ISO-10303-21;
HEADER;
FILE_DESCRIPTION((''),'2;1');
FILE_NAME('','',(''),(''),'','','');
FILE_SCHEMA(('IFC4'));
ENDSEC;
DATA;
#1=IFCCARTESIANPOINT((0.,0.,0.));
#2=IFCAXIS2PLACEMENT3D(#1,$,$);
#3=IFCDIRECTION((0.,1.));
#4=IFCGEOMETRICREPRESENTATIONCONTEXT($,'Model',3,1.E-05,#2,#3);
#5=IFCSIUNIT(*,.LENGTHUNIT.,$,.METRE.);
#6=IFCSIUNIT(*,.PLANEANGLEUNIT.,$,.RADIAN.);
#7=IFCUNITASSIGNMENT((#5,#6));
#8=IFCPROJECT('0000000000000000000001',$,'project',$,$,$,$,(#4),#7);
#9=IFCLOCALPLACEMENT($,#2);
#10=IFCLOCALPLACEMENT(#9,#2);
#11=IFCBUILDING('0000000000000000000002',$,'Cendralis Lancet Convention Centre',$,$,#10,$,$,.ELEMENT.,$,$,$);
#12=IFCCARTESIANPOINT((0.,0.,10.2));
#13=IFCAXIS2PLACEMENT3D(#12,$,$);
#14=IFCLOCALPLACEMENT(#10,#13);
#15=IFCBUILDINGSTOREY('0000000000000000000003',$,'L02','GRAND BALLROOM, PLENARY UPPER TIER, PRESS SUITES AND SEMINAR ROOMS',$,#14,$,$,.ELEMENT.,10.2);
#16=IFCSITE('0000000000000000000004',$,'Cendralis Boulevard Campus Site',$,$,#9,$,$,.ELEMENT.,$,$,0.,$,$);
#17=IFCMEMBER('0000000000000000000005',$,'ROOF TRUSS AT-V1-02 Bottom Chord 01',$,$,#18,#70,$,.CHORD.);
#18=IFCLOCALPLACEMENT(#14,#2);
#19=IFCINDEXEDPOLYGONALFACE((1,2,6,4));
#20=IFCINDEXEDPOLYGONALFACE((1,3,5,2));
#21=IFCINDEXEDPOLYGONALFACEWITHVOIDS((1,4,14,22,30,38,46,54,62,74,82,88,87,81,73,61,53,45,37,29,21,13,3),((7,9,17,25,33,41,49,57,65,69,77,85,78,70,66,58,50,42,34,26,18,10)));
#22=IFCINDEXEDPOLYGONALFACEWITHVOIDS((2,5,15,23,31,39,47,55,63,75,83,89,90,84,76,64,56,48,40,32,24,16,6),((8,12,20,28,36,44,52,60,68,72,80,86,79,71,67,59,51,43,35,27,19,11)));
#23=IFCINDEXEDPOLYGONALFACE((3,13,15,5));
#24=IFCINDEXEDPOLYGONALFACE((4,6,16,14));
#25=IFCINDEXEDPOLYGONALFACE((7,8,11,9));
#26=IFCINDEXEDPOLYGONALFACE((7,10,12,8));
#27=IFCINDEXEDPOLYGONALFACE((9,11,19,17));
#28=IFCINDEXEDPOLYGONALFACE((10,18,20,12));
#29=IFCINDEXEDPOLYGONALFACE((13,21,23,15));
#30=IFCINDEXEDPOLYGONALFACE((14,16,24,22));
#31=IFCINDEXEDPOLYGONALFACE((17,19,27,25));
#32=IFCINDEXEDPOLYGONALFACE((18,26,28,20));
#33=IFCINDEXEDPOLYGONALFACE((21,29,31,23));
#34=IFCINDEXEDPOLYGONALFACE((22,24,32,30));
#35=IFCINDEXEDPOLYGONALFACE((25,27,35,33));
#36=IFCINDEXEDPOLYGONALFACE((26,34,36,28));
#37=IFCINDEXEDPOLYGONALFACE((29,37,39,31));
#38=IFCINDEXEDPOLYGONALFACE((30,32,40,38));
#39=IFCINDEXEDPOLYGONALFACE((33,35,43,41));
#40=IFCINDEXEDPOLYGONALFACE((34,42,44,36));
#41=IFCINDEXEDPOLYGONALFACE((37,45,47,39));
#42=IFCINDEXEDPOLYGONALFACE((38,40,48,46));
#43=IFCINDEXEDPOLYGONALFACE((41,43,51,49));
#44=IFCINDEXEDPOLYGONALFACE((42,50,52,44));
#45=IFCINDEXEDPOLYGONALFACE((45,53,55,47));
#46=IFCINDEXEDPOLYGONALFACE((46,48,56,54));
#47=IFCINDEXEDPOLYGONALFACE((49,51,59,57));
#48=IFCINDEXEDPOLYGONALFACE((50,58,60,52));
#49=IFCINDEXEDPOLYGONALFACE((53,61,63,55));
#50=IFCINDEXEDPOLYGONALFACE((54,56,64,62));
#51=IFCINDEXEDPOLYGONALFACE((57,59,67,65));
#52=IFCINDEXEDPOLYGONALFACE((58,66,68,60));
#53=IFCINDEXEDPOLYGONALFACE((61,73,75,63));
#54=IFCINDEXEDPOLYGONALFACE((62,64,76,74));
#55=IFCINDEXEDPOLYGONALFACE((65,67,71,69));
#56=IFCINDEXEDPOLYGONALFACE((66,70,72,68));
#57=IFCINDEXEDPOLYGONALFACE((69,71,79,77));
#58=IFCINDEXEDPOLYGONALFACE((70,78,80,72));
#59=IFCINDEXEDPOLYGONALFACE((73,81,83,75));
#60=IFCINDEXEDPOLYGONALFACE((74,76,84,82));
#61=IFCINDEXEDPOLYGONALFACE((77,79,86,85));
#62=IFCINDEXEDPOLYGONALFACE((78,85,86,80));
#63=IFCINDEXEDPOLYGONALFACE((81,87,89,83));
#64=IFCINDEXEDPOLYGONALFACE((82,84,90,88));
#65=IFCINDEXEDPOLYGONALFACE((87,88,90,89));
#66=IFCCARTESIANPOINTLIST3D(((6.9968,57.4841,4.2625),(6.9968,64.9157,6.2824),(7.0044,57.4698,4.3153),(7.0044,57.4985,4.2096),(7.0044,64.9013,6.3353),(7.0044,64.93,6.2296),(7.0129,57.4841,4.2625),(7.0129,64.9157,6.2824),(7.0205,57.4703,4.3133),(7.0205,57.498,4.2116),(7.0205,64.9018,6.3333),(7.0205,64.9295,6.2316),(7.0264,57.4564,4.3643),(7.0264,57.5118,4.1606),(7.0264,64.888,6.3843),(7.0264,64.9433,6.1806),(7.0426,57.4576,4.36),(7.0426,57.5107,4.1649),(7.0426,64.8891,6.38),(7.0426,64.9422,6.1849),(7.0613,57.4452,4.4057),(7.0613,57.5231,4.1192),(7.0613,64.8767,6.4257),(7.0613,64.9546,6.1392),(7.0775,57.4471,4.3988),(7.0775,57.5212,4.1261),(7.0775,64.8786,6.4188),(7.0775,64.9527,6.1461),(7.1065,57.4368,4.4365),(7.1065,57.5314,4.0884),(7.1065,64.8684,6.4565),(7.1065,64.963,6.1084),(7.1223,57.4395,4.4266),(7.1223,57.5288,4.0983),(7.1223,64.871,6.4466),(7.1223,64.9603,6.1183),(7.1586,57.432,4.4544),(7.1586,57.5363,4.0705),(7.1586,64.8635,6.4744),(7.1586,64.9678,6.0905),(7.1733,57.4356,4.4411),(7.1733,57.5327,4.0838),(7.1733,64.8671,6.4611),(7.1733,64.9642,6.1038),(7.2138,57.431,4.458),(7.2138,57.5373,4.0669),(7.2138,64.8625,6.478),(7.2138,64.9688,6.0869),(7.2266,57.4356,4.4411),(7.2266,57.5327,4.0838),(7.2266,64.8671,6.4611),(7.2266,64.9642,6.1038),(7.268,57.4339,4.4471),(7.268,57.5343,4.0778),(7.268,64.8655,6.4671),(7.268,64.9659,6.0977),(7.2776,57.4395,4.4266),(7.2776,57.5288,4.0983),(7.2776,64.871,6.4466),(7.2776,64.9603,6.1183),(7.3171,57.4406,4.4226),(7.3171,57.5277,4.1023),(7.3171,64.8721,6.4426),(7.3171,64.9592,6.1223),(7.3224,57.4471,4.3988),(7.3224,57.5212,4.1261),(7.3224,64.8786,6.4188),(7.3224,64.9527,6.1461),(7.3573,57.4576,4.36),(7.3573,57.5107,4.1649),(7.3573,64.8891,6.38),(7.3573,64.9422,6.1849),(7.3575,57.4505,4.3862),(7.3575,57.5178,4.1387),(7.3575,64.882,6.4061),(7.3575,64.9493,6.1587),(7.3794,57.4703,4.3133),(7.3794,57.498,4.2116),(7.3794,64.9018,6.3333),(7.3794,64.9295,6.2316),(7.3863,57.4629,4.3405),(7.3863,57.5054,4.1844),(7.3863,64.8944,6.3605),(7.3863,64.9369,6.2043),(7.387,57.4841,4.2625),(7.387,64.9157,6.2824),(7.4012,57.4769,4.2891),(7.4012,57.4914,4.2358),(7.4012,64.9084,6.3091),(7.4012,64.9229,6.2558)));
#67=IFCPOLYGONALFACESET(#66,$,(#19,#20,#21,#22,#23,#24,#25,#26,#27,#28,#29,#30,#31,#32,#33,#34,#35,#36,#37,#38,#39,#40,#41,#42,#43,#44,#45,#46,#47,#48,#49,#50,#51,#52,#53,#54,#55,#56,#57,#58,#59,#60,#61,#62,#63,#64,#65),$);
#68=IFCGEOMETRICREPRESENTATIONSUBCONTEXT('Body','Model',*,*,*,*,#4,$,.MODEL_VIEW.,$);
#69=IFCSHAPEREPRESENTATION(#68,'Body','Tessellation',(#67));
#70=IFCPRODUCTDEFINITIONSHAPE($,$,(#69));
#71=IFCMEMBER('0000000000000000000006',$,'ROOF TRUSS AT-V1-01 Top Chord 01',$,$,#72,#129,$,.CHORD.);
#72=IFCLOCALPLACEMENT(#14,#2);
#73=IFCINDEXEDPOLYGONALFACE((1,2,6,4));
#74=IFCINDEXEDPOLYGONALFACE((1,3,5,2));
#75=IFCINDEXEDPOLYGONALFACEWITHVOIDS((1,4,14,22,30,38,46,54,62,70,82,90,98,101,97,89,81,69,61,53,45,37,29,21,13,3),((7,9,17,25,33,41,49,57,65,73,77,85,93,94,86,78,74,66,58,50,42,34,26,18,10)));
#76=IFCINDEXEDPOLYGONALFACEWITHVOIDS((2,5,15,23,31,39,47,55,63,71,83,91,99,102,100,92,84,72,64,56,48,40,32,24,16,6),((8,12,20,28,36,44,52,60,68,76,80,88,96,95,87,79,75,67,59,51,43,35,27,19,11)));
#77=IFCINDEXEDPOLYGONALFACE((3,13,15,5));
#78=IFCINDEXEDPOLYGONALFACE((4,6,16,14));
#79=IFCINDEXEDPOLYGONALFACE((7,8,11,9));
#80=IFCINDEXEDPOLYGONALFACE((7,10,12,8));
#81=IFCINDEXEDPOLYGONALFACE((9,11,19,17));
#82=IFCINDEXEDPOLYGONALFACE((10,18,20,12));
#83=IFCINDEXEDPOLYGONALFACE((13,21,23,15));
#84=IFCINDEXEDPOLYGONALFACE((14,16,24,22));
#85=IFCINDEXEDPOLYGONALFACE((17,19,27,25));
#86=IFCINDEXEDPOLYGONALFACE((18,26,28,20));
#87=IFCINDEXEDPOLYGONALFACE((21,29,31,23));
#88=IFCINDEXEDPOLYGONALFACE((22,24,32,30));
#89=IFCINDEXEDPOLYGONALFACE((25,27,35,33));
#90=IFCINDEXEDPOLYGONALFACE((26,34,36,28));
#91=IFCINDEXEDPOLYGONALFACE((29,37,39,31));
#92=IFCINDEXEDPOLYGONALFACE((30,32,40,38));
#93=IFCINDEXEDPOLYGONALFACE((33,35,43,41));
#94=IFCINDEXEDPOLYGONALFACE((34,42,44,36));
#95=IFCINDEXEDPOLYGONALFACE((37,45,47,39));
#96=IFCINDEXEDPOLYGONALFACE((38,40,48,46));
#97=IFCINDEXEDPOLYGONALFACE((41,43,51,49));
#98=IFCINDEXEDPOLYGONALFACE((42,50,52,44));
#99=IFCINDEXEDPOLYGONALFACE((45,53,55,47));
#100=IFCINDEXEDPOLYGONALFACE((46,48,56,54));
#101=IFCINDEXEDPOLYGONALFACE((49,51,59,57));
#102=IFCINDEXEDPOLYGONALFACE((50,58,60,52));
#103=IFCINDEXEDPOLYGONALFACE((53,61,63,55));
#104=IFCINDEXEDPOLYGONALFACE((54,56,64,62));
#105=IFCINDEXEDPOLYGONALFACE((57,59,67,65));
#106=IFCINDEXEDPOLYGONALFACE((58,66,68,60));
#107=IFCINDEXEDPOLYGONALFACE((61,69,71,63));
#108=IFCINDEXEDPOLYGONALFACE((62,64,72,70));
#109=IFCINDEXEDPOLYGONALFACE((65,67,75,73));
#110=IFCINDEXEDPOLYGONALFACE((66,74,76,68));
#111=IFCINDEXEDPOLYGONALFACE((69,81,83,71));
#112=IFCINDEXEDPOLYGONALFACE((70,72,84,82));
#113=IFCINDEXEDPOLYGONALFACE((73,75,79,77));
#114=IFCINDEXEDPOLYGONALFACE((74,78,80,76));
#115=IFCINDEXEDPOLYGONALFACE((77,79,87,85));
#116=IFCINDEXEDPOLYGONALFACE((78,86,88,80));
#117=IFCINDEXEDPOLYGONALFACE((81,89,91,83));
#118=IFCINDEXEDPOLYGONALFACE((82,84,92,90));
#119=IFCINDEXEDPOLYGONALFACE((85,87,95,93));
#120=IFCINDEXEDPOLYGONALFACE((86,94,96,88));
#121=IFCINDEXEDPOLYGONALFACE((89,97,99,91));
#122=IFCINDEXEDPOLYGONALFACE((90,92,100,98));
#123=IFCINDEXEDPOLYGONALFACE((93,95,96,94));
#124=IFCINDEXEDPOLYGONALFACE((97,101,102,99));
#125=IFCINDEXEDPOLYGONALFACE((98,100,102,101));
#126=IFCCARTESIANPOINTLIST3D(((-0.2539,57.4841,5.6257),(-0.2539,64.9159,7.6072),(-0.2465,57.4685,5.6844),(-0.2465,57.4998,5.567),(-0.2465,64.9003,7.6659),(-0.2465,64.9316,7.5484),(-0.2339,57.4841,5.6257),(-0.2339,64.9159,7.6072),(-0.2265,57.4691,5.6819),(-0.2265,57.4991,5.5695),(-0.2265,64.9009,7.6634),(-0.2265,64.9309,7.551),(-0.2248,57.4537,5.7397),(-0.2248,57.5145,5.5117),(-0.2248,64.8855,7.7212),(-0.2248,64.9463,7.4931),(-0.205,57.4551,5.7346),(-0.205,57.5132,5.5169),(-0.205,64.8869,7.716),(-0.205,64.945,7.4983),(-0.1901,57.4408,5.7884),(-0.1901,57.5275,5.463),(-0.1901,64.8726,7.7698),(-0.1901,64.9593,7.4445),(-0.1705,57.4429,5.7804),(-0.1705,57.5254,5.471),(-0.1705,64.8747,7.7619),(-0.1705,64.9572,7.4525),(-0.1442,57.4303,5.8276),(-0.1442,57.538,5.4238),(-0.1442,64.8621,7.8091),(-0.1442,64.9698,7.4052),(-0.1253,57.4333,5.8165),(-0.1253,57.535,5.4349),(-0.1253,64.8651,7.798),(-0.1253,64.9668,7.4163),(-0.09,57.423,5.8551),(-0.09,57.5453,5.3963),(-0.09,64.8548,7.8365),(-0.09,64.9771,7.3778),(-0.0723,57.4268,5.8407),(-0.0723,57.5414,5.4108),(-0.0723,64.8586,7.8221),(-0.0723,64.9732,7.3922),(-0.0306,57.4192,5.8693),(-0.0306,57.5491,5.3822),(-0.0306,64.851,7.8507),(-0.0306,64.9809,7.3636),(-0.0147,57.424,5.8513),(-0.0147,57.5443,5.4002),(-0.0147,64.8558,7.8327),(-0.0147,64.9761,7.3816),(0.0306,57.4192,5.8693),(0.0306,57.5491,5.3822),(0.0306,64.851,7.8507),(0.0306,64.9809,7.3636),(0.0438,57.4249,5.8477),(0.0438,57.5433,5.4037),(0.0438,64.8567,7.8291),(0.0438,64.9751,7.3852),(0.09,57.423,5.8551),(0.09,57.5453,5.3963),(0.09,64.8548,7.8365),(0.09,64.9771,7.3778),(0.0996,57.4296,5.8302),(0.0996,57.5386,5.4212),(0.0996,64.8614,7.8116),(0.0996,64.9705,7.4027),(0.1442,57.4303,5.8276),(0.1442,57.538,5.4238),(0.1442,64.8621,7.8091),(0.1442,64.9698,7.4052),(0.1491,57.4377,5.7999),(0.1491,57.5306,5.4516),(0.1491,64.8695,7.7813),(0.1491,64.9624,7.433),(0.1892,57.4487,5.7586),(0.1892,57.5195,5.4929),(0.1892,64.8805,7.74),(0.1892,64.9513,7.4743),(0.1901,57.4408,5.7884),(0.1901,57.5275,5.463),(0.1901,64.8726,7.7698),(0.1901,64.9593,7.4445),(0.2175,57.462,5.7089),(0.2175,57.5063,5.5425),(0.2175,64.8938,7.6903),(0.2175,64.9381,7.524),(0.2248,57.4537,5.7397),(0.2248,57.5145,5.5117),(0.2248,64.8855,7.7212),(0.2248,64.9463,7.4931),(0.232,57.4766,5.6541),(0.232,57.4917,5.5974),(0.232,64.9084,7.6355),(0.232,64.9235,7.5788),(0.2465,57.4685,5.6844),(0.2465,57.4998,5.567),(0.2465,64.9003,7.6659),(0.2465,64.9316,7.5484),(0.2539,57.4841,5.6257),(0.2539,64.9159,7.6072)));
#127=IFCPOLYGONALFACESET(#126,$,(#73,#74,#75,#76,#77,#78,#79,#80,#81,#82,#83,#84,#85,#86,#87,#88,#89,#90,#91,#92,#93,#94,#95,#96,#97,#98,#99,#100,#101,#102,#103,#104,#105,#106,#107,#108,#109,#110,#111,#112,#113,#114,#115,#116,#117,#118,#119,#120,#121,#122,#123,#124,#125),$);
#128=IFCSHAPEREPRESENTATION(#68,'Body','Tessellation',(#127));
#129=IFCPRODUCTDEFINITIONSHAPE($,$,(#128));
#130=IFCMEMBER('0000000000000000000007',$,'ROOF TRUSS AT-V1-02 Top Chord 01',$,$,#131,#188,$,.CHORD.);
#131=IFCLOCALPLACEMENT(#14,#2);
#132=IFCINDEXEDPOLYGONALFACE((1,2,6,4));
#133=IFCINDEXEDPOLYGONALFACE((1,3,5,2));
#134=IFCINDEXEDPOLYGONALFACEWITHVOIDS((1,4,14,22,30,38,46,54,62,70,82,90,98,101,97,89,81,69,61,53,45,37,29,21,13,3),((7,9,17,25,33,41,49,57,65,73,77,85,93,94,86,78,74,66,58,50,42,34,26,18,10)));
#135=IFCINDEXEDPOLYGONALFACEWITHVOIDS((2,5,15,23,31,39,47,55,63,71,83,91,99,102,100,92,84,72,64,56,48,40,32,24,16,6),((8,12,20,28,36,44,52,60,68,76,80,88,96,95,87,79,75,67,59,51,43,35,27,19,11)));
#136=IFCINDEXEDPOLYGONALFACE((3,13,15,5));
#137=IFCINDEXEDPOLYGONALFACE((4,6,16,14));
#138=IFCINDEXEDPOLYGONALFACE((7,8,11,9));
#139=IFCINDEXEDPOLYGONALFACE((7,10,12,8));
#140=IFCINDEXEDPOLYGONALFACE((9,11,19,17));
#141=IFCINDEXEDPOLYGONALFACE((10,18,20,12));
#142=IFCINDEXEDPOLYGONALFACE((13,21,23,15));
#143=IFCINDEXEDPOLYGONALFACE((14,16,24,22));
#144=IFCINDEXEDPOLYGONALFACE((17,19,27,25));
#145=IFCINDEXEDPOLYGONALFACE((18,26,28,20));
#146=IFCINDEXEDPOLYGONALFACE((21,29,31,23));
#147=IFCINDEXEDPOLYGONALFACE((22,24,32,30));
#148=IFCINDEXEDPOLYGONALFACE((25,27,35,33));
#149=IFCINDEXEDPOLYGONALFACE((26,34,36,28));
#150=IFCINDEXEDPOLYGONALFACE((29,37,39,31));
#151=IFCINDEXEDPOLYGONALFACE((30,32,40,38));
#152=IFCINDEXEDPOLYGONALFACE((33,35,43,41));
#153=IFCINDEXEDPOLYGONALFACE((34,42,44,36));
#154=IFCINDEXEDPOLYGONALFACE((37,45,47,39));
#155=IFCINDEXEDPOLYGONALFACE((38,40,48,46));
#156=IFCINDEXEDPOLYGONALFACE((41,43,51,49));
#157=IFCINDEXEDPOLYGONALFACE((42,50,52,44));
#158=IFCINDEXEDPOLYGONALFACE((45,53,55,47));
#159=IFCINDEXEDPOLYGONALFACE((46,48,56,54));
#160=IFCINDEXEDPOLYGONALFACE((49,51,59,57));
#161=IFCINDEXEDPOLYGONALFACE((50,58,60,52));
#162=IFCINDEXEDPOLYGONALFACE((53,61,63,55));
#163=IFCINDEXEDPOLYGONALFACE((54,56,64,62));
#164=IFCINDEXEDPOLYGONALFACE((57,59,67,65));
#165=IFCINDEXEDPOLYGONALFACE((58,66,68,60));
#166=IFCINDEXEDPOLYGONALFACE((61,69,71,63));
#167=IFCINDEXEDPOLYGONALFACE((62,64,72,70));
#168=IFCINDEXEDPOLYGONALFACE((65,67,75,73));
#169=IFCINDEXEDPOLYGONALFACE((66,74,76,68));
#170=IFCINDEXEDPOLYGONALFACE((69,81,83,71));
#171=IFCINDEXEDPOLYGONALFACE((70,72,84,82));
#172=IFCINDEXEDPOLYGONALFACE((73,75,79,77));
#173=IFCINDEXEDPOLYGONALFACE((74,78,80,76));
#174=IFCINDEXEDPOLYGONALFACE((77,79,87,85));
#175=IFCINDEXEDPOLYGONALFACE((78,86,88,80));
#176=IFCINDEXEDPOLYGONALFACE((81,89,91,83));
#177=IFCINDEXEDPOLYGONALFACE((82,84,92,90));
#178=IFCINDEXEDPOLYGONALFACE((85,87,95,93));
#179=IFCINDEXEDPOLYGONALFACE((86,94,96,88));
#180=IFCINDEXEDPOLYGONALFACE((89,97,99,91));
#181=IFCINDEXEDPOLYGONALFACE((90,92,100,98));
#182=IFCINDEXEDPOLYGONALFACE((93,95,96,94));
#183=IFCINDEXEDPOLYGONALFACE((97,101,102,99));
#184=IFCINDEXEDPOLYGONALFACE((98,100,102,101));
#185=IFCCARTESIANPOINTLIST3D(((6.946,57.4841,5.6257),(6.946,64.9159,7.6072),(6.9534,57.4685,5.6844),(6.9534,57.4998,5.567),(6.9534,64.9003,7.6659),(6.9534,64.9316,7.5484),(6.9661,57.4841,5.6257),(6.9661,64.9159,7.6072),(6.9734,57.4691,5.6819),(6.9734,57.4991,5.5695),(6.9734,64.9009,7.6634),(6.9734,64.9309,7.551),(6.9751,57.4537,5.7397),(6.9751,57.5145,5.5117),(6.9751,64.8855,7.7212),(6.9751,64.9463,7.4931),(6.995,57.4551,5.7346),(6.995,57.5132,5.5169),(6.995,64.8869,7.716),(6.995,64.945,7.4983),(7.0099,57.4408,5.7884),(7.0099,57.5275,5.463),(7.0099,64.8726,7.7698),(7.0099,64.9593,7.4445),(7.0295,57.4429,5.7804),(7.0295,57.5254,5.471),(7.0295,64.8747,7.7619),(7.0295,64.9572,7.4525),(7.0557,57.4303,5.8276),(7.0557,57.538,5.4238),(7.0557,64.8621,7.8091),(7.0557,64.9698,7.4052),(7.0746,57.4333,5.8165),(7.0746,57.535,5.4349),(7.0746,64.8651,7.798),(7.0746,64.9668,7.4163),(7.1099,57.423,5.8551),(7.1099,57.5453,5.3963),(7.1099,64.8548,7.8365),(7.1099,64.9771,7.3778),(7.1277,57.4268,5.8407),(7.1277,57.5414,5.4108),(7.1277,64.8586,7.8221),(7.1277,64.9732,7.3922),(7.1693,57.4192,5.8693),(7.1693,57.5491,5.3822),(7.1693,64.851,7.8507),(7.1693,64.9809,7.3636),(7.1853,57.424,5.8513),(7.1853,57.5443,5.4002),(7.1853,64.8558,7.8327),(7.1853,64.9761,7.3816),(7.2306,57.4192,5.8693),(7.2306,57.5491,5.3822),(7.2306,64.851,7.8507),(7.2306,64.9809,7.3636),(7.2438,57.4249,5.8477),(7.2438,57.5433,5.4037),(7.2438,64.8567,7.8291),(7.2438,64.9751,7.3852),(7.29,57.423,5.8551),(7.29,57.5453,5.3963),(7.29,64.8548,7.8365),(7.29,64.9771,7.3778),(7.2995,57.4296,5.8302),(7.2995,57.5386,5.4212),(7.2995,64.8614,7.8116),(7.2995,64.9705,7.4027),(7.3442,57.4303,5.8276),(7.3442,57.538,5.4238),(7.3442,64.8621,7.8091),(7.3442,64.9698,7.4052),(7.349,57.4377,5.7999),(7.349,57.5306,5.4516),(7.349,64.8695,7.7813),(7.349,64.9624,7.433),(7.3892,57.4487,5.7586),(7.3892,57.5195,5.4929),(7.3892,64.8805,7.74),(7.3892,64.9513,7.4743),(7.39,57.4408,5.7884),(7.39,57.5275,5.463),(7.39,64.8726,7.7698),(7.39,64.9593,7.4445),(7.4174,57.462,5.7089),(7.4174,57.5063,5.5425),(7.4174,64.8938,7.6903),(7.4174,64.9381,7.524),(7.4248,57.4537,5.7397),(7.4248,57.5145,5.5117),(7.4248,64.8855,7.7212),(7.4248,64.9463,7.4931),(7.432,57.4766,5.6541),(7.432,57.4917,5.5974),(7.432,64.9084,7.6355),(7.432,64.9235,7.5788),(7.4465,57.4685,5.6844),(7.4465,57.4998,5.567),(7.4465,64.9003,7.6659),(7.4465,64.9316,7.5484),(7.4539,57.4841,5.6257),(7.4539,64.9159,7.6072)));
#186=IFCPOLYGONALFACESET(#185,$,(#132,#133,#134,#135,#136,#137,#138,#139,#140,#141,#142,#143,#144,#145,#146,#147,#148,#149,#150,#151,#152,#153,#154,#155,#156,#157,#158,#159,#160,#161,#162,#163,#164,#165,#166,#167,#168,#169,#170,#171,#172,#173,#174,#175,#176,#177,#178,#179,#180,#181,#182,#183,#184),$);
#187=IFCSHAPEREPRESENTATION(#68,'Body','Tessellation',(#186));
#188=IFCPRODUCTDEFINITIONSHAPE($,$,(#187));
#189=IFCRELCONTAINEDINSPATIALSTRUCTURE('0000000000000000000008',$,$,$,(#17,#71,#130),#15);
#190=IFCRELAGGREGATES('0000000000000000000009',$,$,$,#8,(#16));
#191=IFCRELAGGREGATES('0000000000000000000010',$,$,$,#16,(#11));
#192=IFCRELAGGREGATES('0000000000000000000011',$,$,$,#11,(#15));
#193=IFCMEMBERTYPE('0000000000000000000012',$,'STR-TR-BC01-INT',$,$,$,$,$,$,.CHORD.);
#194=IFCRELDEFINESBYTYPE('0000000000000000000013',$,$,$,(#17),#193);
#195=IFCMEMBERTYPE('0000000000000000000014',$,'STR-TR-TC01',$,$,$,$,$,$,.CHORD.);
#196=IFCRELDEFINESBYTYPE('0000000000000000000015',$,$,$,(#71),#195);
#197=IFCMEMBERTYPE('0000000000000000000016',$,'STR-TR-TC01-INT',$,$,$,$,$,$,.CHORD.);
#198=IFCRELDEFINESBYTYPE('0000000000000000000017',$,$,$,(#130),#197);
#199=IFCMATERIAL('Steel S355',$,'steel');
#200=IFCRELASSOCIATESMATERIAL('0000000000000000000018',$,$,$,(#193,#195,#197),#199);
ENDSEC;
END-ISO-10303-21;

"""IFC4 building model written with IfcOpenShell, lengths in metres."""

from ifc_helpers import new_model, si_unit, direction, frame, origin, origin_2d, place, context, subcontext, project, spatial, hollow_circle, extrude, material, material_profile, profile_set, type_object, element, save


model = new_model("IFC4")

# Units and contexts
model_context = context("Model", 3, precision=1e-05, world=origin(), true_north=direction((0.0, 1.0)))
body_context = subcontext(model_context, "Body", "Model", "MODEL_VIEW")
ifc_project = project(units=[si_unit("LENGTHUNIT", "METRE"), si_unit("PLANEANGLEUNIT", "RADIAN")], contexts=[model_context])

# Site, building, storey
site_placement = place(None, origin())
site = spatial("IfcSite", under=ifc_project, at=site_placement, Name="Cendralis Boulevard Campus Site", CompositionType="ELEMENT", RefElevation=0.0)
building_placement = place(site_placement, origin())
building = spatial("IfcBuilding", under=site, at=building_placement, Name="Cendralis Lancet Convention Centre", CompositionType="ELEMENT")
storey_placement = place(building_placement, frame((0.0, 0.0, 10.2)))
storey = spatial("IfcBuildingStorey", under=building, at=storey_placement, Name="L02", Description="GRAND BALLROOM, PLENARY UPPER TIER, PRESS SUITES AND SEMINAR ROOMS", CompositionType="ELEMENT", Elevation=10.2)

# Members
ifc_material_1 = material(Name="Steel S355", Category="steel")
ifc_material_profile_1 = material_profile(ifc_material_1, hollow_circle(Radius=0.2031, WallThickness=0.0161, at=origin_2d()), Name="CHS 406.4x16.0")
ifc_profile_set_1 = profile_set([ifc_material_profile_1], Name="Steel S355")
member_type_1 = type_object("IfcMemberType", Name="STR-TR-BC01-INT", PredefinedType="CHORD", material=ifc_profile_set_1)
member_1_placement = place(storey_placement, frame((7.2, 57.4841, 4.2625), z_axis=(0.0, 0.964987, 0.262296), x_axis=(-1.0, 0.0, 0.0)))
element("IfcMember", 1, at=member_1_placement, inside=storey, type_object=member_type_1, Name="ROOF TRUSS AT-V1-02 Bottom Chord 01", PredefinedType="CHORD", context=body_context, shape_type="SweptSolid", body=[
    extrude(hollow_circle(Radius=0.2031, WallThickness=0.0161, at=origin_2d()), origin(), (0.0, 0.0, 1.0), 7.7012),
])
ifc_material_profile_2 = material_profile(ifc_material_1, hollow_circle(Radius=0.2539, WallThickness=0.02, at=origin_2d()), Name="CHS 508.0x20.0")
ifc_profile_set_2 = profile_set([ifc_material_profile_2], Name="Steel S355")
member_type_2 = type_object("IfcMemberType", Name="STR-TR-TC01", PredefinedType="CHORD", material=ifc_profile_set_2)
member_2_placement = place(storey_placement, frame((0.0, 57.4841, 5.6257), z_axis=(0.0, 0.966248, 0.257615), x_axis=(-1.0, 0.0, 0.0)))
element("IfcMember", 2, at=member_2_placement, inside=storey, type_object=member_type_2, Name="ROOF TRUSS AT-V1-01 Top Chord 01", PredefinedType="CHORD", context=body_context, shape_type="SweptSolid", body=[
    extrude(hollow_circle(Radius=0.2539, WallThickness=0.02, at=origin_2d()), origin(), (0.0, 0.0, 1.0), 7.6914),
])
ifc_material_profile_3 = material_profile(ifc_material_1, hollow_circle(Radius=0.2539, WallThickness=0.02, at=origin_2d()), Name="CHS 508.0x20.0")
ifc_profile_set_3 = profile_set([ifc_material_profile_3], Name="Steel S355")
member_type_3 = type_object("IfcMemberType", Name="STR-TR-TC01-INT", PredefinedType="CHORD", material=ifc_profile_set_3)
for number, where, z_axis, x_axis, name in (
    (3, (7.2, 57.4841, 5.6257), (0.0, 0.966248, 0.257615), (-1.0, 0.0, 0.0), "ROOF TRUSS AT-V1-02 Top Chord 01"),
):
    element("IfcMember", number, at=place(storey_placement, frame(where, z_axis=z_axis, x_axis=x_axis)), inside=storey, type_object=member_type_3, Name=name, PredefinedType="CHORD", context=body_context, shape_type="SweptSolid", body=[
        extrude(hollow_circle(Radius=0.2539, WallThickness=0.02, at=origin_2d()), origin(), (0.0, 0.0, 1.0), 7.6914),
    ])

save(model, "model.ifc")
